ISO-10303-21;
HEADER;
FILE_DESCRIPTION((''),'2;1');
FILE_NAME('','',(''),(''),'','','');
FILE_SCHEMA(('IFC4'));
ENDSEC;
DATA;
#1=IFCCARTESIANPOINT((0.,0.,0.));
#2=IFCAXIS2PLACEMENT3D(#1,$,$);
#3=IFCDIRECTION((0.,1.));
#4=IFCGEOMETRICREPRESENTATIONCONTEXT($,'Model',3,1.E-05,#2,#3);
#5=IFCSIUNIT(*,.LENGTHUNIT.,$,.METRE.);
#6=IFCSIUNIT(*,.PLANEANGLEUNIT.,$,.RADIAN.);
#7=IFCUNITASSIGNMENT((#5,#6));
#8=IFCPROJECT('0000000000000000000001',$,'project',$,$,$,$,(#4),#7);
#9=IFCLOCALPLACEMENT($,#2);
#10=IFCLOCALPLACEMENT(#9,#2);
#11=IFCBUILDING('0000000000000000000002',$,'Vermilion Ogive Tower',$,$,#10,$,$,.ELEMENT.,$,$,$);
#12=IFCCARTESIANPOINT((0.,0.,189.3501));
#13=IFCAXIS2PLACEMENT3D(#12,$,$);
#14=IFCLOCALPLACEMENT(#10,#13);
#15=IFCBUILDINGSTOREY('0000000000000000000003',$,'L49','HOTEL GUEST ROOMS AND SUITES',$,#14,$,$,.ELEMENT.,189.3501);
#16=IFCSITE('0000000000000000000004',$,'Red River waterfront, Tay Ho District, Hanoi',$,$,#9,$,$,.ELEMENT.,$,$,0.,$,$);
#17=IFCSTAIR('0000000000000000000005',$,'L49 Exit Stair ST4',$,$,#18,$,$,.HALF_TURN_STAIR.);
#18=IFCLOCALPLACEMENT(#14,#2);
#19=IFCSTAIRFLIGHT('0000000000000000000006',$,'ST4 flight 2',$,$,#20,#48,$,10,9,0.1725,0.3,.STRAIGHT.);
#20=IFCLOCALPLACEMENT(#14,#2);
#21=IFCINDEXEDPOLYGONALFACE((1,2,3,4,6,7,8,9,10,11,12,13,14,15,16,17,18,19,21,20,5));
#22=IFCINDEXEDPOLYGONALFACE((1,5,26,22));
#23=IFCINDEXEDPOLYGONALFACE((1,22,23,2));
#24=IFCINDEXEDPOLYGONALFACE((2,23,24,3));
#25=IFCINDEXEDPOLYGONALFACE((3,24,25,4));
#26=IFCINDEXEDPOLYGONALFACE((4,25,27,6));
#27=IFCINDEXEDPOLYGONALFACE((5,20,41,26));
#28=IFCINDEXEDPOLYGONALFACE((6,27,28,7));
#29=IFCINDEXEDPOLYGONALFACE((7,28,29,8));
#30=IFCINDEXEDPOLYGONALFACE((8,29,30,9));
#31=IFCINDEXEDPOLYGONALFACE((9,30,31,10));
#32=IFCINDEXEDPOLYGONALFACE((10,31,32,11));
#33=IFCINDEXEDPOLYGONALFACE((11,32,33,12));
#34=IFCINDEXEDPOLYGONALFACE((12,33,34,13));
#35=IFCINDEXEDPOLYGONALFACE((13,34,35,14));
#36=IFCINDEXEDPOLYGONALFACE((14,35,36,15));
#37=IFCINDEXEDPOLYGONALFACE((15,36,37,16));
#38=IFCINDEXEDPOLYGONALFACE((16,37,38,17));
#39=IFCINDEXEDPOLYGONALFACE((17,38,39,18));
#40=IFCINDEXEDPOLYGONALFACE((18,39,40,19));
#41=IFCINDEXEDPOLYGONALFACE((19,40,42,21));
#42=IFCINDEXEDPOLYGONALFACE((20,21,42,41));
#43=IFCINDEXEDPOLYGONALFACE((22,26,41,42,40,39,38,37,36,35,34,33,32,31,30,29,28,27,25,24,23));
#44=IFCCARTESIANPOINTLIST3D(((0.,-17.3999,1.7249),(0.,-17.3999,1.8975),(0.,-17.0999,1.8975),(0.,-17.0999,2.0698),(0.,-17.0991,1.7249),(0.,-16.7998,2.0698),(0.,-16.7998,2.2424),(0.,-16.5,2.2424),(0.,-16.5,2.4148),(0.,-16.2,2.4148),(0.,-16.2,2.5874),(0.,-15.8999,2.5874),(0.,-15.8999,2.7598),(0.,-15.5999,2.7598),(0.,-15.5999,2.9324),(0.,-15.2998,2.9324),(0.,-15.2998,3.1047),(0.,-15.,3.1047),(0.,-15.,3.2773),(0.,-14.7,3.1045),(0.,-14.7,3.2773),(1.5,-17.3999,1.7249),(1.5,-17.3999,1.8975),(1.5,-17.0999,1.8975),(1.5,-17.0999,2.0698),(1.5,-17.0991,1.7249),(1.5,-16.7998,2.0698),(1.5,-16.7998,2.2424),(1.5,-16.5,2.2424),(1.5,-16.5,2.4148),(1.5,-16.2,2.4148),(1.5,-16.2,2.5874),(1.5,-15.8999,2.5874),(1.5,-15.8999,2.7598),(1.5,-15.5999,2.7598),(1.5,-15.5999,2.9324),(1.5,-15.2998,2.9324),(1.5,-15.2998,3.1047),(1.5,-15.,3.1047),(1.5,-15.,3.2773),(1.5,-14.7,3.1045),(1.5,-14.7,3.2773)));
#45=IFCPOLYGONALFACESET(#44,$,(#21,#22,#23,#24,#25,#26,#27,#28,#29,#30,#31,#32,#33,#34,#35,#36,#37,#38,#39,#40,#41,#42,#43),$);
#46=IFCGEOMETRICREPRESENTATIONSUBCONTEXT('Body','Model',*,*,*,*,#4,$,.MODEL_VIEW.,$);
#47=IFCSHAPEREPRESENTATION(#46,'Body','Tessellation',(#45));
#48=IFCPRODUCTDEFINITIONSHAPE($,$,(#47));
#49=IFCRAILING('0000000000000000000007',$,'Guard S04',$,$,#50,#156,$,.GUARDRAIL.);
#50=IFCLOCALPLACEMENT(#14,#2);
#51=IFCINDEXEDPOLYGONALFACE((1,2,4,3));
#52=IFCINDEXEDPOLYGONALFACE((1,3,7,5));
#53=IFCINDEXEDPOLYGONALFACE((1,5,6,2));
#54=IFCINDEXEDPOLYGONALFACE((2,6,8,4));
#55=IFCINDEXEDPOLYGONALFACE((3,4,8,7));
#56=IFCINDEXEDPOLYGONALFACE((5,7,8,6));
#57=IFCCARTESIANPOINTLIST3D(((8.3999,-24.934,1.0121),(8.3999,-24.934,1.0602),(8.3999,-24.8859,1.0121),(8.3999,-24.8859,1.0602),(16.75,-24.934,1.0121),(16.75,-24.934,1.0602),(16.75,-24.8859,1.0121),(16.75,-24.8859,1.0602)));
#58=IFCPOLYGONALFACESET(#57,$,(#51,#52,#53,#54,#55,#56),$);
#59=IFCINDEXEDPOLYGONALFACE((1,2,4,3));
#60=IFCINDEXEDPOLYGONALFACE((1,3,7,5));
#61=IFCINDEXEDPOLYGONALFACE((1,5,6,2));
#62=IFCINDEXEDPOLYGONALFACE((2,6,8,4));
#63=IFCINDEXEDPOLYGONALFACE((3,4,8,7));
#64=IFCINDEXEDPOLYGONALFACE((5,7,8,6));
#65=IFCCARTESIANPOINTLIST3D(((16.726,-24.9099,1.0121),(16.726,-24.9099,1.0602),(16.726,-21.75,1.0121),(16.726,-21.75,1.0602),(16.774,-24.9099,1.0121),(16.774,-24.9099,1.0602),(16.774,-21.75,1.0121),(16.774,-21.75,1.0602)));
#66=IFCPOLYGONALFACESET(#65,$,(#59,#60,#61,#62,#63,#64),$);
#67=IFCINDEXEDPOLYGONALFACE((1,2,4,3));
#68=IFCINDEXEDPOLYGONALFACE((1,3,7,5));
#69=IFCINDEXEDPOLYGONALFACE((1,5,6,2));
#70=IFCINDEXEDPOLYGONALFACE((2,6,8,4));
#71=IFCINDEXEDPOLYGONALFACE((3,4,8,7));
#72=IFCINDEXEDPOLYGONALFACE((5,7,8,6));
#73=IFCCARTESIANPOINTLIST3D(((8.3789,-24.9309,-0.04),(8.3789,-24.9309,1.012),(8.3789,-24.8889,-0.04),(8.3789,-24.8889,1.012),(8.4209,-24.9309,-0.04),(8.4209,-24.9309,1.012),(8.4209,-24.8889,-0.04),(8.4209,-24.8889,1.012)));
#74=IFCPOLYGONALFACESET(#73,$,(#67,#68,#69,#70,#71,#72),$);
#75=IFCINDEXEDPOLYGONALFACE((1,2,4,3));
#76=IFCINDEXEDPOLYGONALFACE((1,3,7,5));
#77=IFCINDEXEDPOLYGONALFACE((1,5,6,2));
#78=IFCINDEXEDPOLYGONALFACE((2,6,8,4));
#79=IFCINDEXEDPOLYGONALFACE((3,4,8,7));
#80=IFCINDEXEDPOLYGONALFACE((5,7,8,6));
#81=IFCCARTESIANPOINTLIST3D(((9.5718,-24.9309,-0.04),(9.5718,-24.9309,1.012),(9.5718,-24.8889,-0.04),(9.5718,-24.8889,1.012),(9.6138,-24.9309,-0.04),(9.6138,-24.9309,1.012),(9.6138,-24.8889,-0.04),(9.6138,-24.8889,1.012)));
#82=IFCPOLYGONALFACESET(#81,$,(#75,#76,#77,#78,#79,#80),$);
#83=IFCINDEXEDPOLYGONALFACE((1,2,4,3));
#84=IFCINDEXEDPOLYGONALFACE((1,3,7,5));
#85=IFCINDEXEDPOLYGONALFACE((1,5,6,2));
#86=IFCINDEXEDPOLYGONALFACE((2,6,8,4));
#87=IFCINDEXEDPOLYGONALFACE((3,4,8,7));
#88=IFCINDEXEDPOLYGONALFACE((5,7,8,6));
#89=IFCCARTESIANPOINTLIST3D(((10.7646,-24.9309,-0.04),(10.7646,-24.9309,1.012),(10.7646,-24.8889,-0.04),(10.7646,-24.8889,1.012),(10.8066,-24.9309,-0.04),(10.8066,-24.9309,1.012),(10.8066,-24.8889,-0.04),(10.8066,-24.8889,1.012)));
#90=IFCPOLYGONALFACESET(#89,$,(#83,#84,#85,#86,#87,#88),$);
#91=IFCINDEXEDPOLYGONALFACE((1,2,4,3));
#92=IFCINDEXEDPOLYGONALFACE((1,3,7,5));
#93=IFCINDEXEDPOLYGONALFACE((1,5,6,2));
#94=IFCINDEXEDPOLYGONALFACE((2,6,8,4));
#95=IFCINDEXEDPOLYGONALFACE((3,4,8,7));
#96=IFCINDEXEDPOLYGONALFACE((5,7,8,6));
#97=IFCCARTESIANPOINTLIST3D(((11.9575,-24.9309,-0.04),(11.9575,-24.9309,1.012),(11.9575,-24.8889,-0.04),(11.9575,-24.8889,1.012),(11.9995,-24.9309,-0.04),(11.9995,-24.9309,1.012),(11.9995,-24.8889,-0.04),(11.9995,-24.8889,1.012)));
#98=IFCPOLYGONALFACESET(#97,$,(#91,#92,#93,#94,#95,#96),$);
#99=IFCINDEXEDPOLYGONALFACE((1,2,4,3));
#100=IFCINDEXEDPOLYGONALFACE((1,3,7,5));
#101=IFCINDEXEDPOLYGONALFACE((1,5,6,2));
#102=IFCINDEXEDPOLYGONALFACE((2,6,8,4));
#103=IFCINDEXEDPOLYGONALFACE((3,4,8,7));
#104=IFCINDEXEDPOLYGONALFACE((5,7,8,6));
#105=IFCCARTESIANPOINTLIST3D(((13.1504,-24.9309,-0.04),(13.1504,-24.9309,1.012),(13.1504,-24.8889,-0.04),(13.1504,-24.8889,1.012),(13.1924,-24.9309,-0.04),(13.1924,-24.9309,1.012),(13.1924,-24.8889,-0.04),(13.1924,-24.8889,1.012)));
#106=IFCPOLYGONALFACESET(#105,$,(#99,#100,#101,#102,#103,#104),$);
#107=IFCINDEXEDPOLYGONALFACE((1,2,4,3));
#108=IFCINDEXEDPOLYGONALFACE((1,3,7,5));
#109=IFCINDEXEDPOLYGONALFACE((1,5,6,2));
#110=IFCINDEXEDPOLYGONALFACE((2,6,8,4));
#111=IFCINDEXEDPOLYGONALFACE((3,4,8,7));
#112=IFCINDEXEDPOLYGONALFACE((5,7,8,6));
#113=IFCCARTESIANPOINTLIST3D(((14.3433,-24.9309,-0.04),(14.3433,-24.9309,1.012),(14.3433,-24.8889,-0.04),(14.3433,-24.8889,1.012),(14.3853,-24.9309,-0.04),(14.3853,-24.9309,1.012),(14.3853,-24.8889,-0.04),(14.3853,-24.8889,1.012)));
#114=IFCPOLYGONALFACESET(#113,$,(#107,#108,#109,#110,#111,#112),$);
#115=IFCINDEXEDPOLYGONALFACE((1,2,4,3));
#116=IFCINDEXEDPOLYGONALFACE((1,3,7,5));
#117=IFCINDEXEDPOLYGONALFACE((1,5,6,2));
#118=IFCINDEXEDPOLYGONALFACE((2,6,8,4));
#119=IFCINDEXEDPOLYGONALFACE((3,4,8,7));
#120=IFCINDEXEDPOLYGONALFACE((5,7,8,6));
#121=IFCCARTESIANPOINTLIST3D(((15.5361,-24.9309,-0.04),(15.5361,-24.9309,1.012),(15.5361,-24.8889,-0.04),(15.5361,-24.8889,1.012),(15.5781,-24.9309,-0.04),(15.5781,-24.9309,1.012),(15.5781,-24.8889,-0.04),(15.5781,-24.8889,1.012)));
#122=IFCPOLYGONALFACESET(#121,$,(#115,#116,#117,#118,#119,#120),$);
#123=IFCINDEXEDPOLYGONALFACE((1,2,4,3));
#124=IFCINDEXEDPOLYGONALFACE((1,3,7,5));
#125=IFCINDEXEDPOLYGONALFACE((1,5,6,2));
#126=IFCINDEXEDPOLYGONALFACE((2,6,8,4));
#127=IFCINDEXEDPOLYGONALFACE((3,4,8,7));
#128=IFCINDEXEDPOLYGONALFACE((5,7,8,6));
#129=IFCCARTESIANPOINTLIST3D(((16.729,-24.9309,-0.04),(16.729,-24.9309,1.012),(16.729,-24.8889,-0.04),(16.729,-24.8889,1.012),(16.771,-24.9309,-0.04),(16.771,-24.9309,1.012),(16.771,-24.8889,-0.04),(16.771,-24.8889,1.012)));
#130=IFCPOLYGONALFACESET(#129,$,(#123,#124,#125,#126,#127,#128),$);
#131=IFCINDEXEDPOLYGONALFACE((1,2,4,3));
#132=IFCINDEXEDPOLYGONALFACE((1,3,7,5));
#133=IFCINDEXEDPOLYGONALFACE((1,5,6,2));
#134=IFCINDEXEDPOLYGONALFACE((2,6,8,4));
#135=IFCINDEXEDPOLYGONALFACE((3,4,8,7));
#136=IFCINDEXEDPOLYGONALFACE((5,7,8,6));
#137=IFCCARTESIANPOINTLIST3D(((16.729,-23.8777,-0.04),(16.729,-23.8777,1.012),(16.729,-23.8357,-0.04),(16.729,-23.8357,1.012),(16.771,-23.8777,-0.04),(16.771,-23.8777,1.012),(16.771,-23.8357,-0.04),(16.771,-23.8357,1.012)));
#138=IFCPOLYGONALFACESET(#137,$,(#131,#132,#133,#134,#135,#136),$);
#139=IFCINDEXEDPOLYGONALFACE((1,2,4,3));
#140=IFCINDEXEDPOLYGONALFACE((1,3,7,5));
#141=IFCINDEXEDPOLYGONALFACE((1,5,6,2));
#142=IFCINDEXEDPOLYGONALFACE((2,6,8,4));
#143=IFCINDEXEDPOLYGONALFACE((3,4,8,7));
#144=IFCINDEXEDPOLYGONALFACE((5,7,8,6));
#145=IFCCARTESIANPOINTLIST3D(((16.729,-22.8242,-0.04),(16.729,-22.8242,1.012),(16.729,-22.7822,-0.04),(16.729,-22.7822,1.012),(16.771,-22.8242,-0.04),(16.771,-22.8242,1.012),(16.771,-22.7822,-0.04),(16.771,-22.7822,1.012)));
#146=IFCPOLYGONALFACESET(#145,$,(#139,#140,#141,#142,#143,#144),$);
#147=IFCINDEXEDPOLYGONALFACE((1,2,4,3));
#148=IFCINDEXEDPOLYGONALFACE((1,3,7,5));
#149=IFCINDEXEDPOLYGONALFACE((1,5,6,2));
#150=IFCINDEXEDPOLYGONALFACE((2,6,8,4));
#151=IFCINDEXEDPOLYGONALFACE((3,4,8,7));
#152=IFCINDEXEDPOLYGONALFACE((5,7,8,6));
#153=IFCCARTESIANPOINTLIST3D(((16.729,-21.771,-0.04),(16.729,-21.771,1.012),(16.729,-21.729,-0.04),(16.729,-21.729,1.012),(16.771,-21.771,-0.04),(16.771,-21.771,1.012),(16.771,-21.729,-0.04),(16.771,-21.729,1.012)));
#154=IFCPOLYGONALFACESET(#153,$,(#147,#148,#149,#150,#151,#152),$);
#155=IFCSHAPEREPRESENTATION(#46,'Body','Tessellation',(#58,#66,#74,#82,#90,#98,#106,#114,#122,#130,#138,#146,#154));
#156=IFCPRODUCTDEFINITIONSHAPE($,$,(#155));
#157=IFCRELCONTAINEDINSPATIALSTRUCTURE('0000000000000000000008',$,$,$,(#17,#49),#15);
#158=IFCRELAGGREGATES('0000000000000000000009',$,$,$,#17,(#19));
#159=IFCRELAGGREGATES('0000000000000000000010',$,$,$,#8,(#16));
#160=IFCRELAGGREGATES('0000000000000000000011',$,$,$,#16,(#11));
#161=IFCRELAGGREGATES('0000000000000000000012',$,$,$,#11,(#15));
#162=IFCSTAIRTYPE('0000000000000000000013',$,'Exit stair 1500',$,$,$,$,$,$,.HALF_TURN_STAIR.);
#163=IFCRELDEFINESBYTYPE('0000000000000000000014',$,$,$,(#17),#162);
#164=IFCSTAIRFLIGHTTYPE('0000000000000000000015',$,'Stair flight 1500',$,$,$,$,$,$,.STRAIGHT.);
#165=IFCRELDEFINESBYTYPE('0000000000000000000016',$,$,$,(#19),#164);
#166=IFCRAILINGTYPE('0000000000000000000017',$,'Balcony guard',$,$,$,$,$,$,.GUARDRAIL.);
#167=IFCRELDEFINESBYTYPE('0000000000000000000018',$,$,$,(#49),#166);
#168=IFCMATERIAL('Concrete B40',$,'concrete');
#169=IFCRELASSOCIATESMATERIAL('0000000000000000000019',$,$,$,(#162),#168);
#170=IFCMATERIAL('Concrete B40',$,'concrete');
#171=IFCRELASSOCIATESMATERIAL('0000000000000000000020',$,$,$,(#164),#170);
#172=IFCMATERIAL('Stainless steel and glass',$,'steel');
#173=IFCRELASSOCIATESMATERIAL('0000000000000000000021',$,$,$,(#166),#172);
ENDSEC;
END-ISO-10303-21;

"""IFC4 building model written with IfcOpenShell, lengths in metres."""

from ifc_helpers import new_model, si_unit, direction, frame, origin, origin_2d, place, context, subcontext, project, spatial, polyline, rectangle, outline, extrude, material, type_object, element, aggregate, save


model = new_model("IFC4")

# Units and contexts
model_context = context("Model", 3, precision=1e-05, world=origin(), true_north=direction((0.0, 1.0)))
body_context = subcontext(model_context, "Body", "Model", "MODEL_VIEW")
ifc_project = project(units=[si_unit("LENGTHUNIT", "METRE"), si_unit("PLANEANGLEUNIT", "RADIAN")], contexts=[model_context])

# Site, building, storey
site_placement = place(None, origin())
site = spatial("IfcSite", under=ifc_project, at=site_placement, Name="Red River waterfront, Tay Ho District, Hanoi", CompositionType="ELEMENT", RefElevation=0.0)
building_placement = place(site_placement, origin())
building = spatial("IfcBuilding", under=site, at=building_placement, Name="Vermilion Ogive Tower", CompositionType="ELEMENT")
storey_placement = place(building_placement, frame((0.0, 0.0, 189.3501)))
storey = spatial("IfcBuildingStorey", under=building, at=storey_placement, Name="L49", Description="HOTEL GUEST ROOMS AND SUITES", CompositionType="ELEMENT", Elevation=189.3501)

# Stair, stair flight
ifc_material_1 = material(Name="Concrete B40", Category="concrete")
stair_type = type_object("IfcStairType", Name="Exit stair 1500", PredefinedType="HALF_TURN_STAIR", material=ifc_material_1)
stair_placement = place(storey_placement, origin())
stair = element("IfcStair", 1, at=stair_placement, inside=storey, type_object=stair_type, Name="L49 Exit Stair ST4", PredefinedType="HALF_TURN_STAIR")
ifc_material_2 = material(Name="Concrete B40", Category="concrete")
stair_flight_type = type_object("IfcStairFlightType", Name="Stair flight 1500", PredefinedType="STRAIGHT", material=ifc_material_2)
stair_flight_placement = place(storey_placement, frame((0.75, -17.3999, 1.7249), z_axis=(0.0, 0.0, 1.0), x_axis=(0.0, 1.0, 0.0)))
stair_flight = element("IfcStairFlight", 2, at=stair_flight_placement, type_object=stair_flight_type, Name="ST4 flight 2", NumberOfRisers=10, NumberOfTreads=9, PredefinedType="STRAIGHT", RiserHeight=0.1725, TreadLength=0.3, context=body_context, shape_type="SweptSolid", body=[
    extrude(outline(polyline([(0.0, 0.0), (0.0, 0.1726), (0.3, 0.1726), (0.3, 0.345), (0.6001, 0.345), (0.6001, 0.5176), (0.8999, 0.5176), (0.8999, 0.6899), (1.2, 0.6899), (1.2, 0.8625), (1.5, 0.8625), (1.5, 1.0349), (1.8, 1.0349), (1.8, 1.2075), (2.1001, 1.2075), (2.1001, 1.3799), (2.3999, 1.3799), (2.3999, 1.5525), (2.7, 1.5525), (2.7, 1.7251), (2.7, 1.3796), (0.3008, 0.0), (0.0, 0.0)])), frame((0.0, 0.75, 0.0), z_axis=(0.0, -1.0, 0.0), x_axis=(1.0, 0.0, 0.0)), (0.0, 0.0, 1.0), 1.5),
])
aggregate(stair, [stair_flight])

# Railing
ifc_material_3 = material(Name="Stainless steel and glass", Category="steel")
railing_type_1 = type_object("IfcRailingType", Name="Balcony guard", PredefinedType="GUARDRAIL", material=ifc_material_3)
railing_1_placement = place(storey_placement, frame((8.3999, -24.9099, -0.04)))
element("IfcRailing", 3, at=railing_1_placement, inside=storey, type_object=railing_type_1, Name="Guard S04", PredefinedType="GUARDRAIL", context=body_context, shape_type="SweptSolid", body=[
    extrude(rectangle(XDim=0.0481, YDim=0.0481, at=origin_2d()), frame((0.0, 0.0, 1.0762), z_axis=(1.0, 0.0, 0.0), x_axis=(0.0, 1.0, 0.0)), (0.0, 0.0, 1.0), 8.3501),
    extrude(rectangle(XDim=0.0481, YDim=0.0481, at=origin_2d()), frame((8.3501, 0.0, 1.0762), z_axis=(0.0, 1.0, 0.0), x_axis=(-1.0, 0.0, 0.0)), (0.0, 0.0, 1.0), 3.1599),
    extrude(rectangle(XDim=0.042, YDim=0.042, at=origin_2d()), origin(), (0.0, 0.0, 1.0), 1.052),
    extrude(rectangle(XDim=0.042, YDim=0.042, at=origin_2d()), frame((1.1929, 0.0, 0.0)), (0.0, 0.0, 1.0), 1.052),
    extrude(rectangle(XDim=0.042, YDim=0.042, at=origin_2d()), frame((2.3857, 0.0, 0.0)), (0.0, 0.0, 1.0), 1.052),
    extrude(rectangle(XDim=0.042, YDim=0.042, at=origin_2d()), frame((3.5786, 0.0, 0.0)), (0.0, 0.0, 1.0), 1.052),
    extrude(rectangle(XDim=0.042, YDim=0.042, at=origin_2d()), frame((4.7715, 0.0, 0.0)), (0.0, 0.0, 1.0), 1.052),
    extrude(rectangle(XDim=0.042, YDim=0.042, at=origin_2d()), frame((5.9644, 0.0, 0.0)), (0.0, 0.0, 1.0), 1.052),
    extrude(rectangle(XDim=0.042, YDim=0.042, at=origin_2d()), frame((7.1572, 0.0, 0.0)), (0.0, 0.0, 1.0), 1.052),
    extrude(rectangle(XDim=0.042, YDim=0.042, at=origin_2d()), frame((8.3501, 0.0, 0.0)), (0.0, 0.0, 1.0), 1.052),
    extrude(rectangle(XDim=0.042, YDim=0.042, at=origin_2d()), frame((8.3501, 1.0532, 0.0)), (0.0, 0.0, 1.0), 1.052),
    extrude(rectangle(XDim=0.042, YDim=0.042, at=origin_2d()), frame((8.3501, 2.1067, 0.0)), (0.0, 0.0, 1.0), 1.052),
    extrude(rectangle(XDim=0.042, YDim=0.042, at=origin_2d()), frame((8.3501, 3.1599, 0.0)), (0.0, 0.0, 1.0), 1.052),
])

save(model, "model.ifc")
